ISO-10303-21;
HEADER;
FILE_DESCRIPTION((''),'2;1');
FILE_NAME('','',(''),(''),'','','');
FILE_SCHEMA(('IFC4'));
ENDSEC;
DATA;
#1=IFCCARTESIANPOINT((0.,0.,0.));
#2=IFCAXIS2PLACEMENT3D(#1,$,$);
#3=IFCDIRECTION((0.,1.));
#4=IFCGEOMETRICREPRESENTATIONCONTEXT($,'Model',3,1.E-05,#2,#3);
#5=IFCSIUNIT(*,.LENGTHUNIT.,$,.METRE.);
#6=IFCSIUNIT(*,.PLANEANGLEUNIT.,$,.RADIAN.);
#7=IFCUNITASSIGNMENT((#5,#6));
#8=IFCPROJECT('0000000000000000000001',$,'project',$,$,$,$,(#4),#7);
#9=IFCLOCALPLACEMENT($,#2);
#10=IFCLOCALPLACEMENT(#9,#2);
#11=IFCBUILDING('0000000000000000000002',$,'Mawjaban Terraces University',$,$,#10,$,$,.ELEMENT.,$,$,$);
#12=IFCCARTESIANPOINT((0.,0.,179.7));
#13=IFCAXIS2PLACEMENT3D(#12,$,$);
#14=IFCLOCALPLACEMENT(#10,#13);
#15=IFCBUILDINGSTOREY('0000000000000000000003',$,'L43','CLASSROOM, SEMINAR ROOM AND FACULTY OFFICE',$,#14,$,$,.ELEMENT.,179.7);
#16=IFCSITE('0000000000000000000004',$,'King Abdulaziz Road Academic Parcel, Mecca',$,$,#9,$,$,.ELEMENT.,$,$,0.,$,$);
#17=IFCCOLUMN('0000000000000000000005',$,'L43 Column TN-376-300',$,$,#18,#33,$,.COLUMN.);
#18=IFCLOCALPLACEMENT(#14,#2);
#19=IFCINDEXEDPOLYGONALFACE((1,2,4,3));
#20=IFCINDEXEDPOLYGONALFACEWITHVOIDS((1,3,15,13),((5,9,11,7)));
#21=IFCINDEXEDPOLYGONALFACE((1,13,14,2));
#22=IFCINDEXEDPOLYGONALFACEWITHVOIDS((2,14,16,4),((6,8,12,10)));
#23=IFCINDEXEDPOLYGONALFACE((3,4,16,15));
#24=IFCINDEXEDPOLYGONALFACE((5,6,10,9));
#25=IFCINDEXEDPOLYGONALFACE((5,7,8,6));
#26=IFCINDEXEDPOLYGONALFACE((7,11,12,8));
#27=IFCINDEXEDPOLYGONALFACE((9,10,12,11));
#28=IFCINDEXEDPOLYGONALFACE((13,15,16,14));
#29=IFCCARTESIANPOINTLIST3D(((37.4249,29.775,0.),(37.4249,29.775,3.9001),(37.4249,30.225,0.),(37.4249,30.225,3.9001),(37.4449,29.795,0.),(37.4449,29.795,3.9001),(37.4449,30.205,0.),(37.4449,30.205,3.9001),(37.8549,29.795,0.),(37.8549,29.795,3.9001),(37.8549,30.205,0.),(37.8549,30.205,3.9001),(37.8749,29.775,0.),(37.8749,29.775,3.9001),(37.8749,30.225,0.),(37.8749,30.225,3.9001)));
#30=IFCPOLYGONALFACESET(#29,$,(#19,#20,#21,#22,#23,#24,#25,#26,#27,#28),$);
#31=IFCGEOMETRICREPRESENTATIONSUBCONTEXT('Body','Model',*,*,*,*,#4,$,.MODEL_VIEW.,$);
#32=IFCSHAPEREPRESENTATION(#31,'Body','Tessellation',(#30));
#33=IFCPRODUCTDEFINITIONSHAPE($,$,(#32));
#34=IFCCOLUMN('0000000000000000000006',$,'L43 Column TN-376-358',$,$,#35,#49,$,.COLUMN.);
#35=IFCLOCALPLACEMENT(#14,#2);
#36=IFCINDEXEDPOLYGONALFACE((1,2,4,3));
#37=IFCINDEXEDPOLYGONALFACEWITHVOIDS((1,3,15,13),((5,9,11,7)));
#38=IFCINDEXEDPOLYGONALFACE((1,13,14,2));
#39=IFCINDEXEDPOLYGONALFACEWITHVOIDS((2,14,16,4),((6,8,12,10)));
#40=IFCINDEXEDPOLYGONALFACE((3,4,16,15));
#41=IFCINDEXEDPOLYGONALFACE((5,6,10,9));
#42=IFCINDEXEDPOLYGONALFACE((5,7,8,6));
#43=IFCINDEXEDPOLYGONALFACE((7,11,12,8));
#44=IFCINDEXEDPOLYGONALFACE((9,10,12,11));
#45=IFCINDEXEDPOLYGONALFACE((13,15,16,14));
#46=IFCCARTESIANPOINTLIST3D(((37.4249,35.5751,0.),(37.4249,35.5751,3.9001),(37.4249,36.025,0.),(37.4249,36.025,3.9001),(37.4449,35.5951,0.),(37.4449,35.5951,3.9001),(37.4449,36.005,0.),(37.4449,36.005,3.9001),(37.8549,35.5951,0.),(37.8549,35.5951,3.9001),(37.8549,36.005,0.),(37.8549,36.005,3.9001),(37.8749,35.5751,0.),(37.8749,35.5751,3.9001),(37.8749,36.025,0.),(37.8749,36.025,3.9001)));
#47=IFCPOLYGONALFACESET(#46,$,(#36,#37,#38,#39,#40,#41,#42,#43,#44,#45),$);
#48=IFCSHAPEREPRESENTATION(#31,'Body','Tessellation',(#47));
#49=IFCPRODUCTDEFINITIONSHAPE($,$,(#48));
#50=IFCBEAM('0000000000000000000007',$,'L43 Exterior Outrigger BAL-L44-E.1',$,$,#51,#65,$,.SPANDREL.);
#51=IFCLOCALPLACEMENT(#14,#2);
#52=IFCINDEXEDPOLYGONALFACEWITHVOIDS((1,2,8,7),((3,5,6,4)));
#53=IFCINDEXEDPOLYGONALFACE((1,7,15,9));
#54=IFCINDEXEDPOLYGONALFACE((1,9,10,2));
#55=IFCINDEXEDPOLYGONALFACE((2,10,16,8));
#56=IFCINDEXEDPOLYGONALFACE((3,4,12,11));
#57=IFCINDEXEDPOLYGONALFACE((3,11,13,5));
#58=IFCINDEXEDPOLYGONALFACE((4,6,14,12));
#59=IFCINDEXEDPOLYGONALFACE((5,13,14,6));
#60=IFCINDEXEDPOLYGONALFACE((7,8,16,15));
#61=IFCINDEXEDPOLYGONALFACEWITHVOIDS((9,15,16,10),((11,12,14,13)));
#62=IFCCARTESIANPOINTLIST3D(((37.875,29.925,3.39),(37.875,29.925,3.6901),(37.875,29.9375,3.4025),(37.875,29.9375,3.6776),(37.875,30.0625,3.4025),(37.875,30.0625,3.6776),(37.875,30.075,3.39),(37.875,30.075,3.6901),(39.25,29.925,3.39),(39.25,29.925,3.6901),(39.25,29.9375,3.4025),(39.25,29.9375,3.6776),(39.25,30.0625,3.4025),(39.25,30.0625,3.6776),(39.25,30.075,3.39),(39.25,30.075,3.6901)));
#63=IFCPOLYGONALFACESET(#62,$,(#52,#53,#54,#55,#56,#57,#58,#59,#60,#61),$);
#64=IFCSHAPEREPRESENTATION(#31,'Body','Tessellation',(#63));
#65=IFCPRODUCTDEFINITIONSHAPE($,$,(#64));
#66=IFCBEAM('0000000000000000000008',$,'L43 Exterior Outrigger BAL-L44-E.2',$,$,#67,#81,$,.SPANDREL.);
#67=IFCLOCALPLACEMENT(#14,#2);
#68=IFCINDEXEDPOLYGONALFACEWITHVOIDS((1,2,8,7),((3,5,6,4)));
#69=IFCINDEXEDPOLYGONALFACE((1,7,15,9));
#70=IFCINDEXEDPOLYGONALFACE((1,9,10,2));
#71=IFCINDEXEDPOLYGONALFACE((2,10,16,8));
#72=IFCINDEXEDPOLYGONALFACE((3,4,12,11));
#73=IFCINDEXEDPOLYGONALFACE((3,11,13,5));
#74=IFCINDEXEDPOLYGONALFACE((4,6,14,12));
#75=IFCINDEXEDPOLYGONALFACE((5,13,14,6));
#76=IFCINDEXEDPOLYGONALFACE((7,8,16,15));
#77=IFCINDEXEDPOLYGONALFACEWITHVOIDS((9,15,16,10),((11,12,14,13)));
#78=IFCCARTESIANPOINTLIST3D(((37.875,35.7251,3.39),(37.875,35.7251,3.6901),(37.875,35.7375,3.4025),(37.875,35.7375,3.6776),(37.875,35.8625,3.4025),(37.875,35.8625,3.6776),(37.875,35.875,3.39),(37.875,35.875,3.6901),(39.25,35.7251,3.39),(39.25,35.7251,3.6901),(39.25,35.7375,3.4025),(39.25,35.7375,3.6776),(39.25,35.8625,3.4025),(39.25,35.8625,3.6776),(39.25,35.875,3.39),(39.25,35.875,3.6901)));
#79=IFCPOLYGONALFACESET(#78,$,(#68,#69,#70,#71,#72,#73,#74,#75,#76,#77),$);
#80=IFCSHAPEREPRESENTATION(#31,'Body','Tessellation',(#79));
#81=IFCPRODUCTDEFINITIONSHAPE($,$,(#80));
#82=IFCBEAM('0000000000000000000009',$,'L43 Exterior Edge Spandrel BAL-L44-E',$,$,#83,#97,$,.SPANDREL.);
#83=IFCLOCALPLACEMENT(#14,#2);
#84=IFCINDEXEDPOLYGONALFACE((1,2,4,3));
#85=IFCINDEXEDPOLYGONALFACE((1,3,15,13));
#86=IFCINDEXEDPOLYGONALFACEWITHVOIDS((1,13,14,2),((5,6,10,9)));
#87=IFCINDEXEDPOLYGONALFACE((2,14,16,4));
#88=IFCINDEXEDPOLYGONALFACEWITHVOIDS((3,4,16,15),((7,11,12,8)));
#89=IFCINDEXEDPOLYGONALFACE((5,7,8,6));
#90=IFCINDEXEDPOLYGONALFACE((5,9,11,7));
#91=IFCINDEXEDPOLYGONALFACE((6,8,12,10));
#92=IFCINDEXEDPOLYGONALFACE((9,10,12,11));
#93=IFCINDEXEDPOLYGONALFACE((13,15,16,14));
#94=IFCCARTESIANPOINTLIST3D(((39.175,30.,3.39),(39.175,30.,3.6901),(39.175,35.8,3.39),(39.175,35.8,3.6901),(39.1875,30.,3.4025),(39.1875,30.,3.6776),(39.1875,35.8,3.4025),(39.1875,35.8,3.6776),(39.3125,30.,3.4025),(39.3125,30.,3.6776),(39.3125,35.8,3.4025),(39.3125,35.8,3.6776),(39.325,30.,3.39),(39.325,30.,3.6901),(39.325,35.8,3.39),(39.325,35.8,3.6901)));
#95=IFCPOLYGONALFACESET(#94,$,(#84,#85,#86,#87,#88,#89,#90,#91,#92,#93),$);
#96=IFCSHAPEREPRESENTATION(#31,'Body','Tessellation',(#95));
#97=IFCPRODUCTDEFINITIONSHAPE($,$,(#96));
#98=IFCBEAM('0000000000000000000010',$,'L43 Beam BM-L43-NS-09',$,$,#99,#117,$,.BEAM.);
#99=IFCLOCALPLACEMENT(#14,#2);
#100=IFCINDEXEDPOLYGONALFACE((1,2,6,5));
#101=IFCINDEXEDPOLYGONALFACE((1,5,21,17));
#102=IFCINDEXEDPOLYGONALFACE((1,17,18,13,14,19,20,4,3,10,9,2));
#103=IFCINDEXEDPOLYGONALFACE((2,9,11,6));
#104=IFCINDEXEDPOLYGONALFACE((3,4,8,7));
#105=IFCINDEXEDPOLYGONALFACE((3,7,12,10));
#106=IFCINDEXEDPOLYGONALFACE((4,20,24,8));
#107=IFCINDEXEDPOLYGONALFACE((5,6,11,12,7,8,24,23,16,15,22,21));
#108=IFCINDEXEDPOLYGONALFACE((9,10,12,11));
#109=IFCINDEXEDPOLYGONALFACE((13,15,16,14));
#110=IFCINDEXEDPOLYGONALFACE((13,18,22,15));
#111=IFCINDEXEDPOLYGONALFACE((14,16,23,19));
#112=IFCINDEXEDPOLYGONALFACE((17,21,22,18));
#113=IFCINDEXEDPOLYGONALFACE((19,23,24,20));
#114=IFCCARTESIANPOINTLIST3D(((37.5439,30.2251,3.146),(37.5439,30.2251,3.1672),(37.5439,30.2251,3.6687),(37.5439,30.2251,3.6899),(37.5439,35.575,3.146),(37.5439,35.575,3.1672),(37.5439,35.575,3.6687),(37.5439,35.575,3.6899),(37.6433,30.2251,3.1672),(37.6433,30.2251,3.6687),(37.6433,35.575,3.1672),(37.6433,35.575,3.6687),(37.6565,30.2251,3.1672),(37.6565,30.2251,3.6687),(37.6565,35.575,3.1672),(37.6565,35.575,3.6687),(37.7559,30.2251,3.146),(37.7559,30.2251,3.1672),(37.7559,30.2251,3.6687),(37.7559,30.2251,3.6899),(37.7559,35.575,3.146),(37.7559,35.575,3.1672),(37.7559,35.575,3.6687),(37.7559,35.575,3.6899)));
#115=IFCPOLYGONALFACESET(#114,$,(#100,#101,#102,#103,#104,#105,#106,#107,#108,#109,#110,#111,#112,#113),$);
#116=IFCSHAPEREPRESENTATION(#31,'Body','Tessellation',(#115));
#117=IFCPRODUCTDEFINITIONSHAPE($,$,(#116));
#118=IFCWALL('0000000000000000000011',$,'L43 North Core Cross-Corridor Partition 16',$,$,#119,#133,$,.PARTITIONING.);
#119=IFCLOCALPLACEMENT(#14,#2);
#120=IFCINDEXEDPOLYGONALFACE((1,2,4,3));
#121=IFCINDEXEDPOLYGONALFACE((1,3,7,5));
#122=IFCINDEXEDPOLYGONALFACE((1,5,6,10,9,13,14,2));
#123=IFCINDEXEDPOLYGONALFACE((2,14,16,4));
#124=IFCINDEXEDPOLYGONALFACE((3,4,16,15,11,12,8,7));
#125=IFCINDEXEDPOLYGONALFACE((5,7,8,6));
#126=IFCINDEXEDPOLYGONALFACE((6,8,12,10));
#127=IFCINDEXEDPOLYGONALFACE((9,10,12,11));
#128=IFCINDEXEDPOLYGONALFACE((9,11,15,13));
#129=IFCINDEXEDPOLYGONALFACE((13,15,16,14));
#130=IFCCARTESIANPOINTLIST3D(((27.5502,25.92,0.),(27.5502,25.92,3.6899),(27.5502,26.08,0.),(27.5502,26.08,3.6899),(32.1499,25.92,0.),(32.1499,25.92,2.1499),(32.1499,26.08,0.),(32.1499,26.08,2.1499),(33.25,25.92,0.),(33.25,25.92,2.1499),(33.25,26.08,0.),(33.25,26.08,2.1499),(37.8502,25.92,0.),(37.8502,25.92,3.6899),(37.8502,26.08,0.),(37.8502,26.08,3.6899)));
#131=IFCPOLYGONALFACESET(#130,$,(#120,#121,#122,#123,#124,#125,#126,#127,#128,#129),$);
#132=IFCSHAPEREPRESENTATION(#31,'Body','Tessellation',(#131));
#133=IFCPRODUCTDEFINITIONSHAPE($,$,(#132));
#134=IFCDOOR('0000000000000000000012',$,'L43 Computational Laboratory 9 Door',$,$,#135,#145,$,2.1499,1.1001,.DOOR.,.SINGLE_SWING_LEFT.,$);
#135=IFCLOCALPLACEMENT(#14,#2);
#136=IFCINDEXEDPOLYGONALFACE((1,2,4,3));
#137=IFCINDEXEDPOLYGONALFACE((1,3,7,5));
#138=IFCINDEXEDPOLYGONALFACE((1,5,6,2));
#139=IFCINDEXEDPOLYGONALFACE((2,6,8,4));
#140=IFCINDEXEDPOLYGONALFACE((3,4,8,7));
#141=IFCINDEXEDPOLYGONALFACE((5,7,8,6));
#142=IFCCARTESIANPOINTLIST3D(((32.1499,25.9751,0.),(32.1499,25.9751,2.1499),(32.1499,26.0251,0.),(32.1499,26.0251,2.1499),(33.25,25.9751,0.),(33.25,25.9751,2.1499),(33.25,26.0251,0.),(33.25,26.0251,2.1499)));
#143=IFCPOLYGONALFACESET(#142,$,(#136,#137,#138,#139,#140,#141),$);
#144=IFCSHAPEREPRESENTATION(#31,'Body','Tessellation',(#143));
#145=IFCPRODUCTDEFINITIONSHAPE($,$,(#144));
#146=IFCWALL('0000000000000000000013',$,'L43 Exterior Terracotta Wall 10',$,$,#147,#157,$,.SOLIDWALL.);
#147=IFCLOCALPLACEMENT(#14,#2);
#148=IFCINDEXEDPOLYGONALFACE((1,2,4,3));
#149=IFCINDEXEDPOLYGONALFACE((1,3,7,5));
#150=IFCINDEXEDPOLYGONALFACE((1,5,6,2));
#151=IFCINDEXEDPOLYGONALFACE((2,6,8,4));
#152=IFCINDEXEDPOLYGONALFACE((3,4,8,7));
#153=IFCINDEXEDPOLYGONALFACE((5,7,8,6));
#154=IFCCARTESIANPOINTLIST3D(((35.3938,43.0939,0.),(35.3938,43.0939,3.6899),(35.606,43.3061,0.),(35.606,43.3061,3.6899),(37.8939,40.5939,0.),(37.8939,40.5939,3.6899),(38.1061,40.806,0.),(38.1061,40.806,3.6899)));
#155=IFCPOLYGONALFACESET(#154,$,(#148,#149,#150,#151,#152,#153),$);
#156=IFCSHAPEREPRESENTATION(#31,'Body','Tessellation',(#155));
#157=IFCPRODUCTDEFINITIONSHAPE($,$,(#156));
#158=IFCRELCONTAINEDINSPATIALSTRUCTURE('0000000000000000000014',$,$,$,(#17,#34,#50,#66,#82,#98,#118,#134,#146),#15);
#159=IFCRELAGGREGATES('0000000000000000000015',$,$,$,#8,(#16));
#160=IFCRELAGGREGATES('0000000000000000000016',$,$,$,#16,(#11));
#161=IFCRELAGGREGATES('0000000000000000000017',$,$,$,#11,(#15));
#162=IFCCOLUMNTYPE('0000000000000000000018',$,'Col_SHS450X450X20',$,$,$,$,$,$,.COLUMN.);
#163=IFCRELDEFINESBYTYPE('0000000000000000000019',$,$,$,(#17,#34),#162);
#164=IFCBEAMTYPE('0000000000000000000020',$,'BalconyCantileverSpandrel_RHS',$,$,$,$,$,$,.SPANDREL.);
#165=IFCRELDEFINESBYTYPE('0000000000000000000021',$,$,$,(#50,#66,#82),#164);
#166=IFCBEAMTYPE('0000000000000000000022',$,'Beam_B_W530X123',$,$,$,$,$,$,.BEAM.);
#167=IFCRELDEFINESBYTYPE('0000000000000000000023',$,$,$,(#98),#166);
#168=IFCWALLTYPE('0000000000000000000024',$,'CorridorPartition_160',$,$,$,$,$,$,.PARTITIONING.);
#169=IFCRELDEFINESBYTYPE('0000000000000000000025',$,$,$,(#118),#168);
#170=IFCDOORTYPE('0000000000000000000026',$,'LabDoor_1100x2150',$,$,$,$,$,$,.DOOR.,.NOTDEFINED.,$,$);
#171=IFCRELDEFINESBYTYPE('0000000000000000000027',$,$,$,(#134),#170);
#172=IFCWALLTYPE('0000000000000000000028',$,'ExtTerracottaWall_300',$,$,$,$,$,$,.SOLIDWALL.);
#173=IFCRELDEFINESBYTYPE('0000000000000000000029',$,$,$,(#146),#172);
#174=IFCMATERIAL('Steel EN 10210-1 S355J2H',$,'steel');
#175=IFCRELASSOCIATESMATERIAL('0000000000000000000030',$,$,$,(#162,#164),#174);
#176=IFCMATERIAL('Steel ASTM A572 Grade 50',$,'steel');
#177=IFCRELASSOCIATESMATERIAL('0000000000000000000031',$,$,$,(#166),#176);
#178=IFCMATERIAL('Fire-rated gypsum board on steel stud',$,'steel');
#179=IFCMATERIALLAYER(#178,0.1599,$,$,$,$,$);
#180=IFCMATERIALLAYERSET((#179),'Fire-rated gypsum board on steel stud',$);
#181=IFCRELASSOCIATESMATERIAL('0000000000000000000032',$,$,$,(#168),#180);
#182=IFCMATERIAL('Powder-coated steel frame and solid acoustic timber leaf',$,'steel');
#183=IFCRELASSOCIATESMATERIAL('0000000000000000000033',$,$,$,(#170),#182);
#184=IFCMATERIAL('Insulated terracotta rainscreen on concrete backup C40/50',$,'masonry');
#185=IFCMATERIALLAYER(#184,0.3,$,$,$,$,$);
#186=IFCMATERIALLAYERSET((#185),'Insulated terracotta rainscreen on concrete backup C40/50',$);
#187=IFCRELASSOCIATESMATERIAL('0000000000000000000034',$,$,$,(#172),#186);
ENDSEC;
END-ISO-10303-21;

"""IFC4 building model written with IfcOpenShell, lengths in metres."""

from ifc_helpers import new_model, si_unit, direction, frame, frame_2d, origin, origin_2d, place, context, subcontext, project, spatial, rectangle, hollow_rectangle, i_section, extrude, material, layer, layer_set, material_profile, profile_set, type_object, element, fill, save


model = new_model("IFC4")

# Units and contexts
model_context = context("Model", 3, precision=1e-05, world=origin(), true_north=direction((0.0, 1.0)))
body_context = subcontext(model_context, "Body", "Model", "MODEL_VIEW")
ifc_project = project(units=[si_unit("LENGTHUNIT", "METRE"), si_unit("PLANEANGLEUNIT", "RADIAN")], contexts=[model_context])

# Site, building, storey
site_placement = place(None, origin())
site = spatial("IfcSite", under=ifc_project, at=site_placement, Name="King Abdulaziz Road Academic Parcel, Mecca", CompositionType="ELEMENT", RefElevation=0.0)
building_placement = place(site_placement, origin())
building = spatial("IfcBuilding", under=site, at=building_placement, Name="Mawjaban Terraces University", CompositionType="ELEMENT")
storey_placement = place(building_placement, frame((0.0, 0.0, 179.7)))
storey = spatial("IfcBuildingStorey", under=building, at=storey_placement, Name="L43", Description="CLASSROOM, SEMINAR ROOM AND FACULTY OFFICE", CompositionType="ELEMENT", Elevation=179.7)

# Columns
ifc_material_1 = material(Name="Steel EN 10210-1 S355J2H", Category="steel")
ifc_material_profile_1 = material_profile(ifc_material_1, hollow_rectangle(XDim=0.45, YDim=0.45, WallThickness=0.02, at=origin_2d()), Name="SHS450X450X20")
ifc_profile_set_1 = profile_set([ifc_material_profile_1], Name="Steel EN 10210-1 S355J2H")
column_type = type_object("IfcColumnType", Name="Col_SHS450X450X20", PredefinedType="COLUMN", material=ifc_profile_set_1)
for number, where, z_axis, x_axis, name in (
    (1, (37.6499, 30.0, 0.0), (0.0, 0.0, 1.0), (1.0, 0.0, 0.0), "L43 Column TN-376-300"),
    (2, (37.6499, 35.8, 0.0), (0.0, 0.0, 1.0), (1.0, 0.0, 0.0), "L43 Column TN-376-358"),
):
    element("IfcColumn", number, at=place(storey_placement, frame(where, z_axis=z_axis, x_axis=x_axis)), inside=storey, type_object=column_type, Name=name, PredefinedType="COLUMN", context=body_context, shape_type="SweptSolid", body=[
        extrude(hollow_rectangle(XDim=0.45, YDim=0.45, WallThickness=0.02, at=origin_2d()), origin(), (0.0, 0.0, 1.0), 3.9001),
    ])

# Beams
ifc_material_profile_2 = material_profile(ifc_material_1, hollow_rectangle(XDim=0.1499, YDim=0.3, WallThickness=0.0125, at=origin_2d()), Name="RHS300X150X12.5")
ifc_profile_set_2 = profile_set([ifc_material_profile_2], Name="Steel EN 10210-1 S355J2H")
beam_type_1 = type_object("IfcBeamType", Name="BalconyCantileverSpandrel_RHS", PredefinedType="SPANDREL", material=ifc_profile_set_2)
for number, where, z_axis, x_axis, name in (
    (3, (37.875, 30.0, 3.54), (1.0, 0.0, 0.0), (0.0, 1.0, 0.0), "L43 Exterior Outrigger BAL-L44-E.1"),
    (4, (37.875, 35.8, 3.54), (1.0, 0.0, 0.0), (0.0, 1.0, 0.0), "L43 Exterior Outrigger BAL-L44-E.2"),
):
    element("IfcBeam", number, at=place(storey_placement, frame(where, z_axis=z_axis, x_axis=x_axis)), inside=storey, type_object=beam_type_1, Name=name, PredefinedType="SPANDREL", context=body_context, shape_type="SweptSolid", body=[
        extrude(hollow_rectangle(XDim=0.1499, YDim=0.3, WallThickness=0.0125, at=origin_2d()), origin(), (0.0, 0.0, 1.0), 1.375),
    ])
beam_1_placement = place(storey_placement, frame((39.25, 30.0, 3.54), z_axis=(0.0, 1.0, 0.0), x_axis=(-1.0, 0.0, 0.0)))
element("IfcBeam", 5, at=beam_1_placement, inside=storey, type_object=beam_type_1, Name="L43 Exterior Edge Spandrel BAL-L44-E", PredefinedType="SPANDREL", context=body_context, shape_type="SweptSolid", body=[
    extrude(hollow_rectangle(XDim=0.1499, YDim=0.3, WallThickness=0.0125, at=origin_2d()), origin(), (0.0, 0.0, 1.0), 5.8),
])
ifc_material_2 = material(Name="Steel ASTM A572 Grade 50", Category="steel")
ifc_material_profile_3 = material_profile(ifc_material_2, i_section(OverallWidth=0.2119, OverallDepth=0.5439, WebThickness=0.0132, FlangeThickness=0.0212, at=origin_2d()), Name="W530X123")
ifc_profile_set_3 = profile_set([ifc_material_profile_3], Name="Steel ASTM A572 Grade 50")
beam_type_2 = type_object("IfcBeamType", Name="Beam_B_W530X123", PredefinedType="BEAM", material=ifc_profile_set_3)
beam_2_placement = place(storey_placement, frame((37.6499, 30.2251, 3.418), z_axis=(0.0, 1.0, 0.0), x_axis=(-1.0, 0.0, 0.0)))
element("IfcBeam", 6, at=beam_2_placement, inside=storey, type_object=beam_type_2, Name="L43 Beam BM-L43-NS-09", PredefinedType="BEAM", context=body_context, shape_type="SweptSolid", body=[
    extrude(i_section(OverallWidth=0.2119, OverallDepth=0.5439, WebThickness=0.0132, FlangeThickness=0.0212, at=origin_2d()), origin(), (0.0, 0.0, 1.0), 5.3499),
])

# Wall, opening, door
ifc_material_3 = material(Name="Fire-rated gypsum board on steel stud", Category="steel")
ifc_layer_1 = layer(ifc_material_3, 0.1599)
ifc_layer_set_1 = layer_set([ifc_layer_1], Name="Fire-rated gypsum board on steel stud")
wall_type_1 = type_object("IfcWallType", Name="CorridorPartition_160", PredefinedType="PARTITIONING", material=ifc_layer_set_1)
wall_1_placement = place(storey_placement, frame((37.8501, 26.0, 0.0), z_axis=(0.0, 0.0, 1.0), x_axis=(-1.0, 0.0, 0.0)))
wall_1 = element("IfcWall", 7, at=wall_1_placement, inside=storey, type_object=wall_type_1, Name="L43 North Core Cross-Corridor Partition 16", PredefinedType="PARTITIONING", context=body_context, shape_type="SweptSolid", body=[
    extrude(rectangle(XDim=10.3, YDim=0.1599, at=frame_2d((5.1499, 0.0))), origin(), (0.0, 0.0, 1.0), 3.6899),
])
opening_1_placement = place(wall_1_placement, frame((4.6001, 0.0, 0.0)))
opening_1 = element("IfcOpeningElement", 8, at=opening_1_placement, cuts=wall_1, PredefinedType="OPENING", context=body_context, shape_type="SweptSolid", body=[
    extrude(rectangle(XDim=1.1001, YDim=2.1499, at=frame_2d((0.55, 1.075))), frame((0.0, 0.0898, 0.0), z_axis=(0.0, -1.0, 0.0), x_axis=(1.0, 0.0, 0.0)), (0.0, 0.0, 1.0), 0.1799),
])
ifc_material_4 = material(Name="Powder-coated steel frame and solid acoustic timber leaf", Category="steel")
door_type = type_object("IfcDoorType", Name="LabDoor_1100x2150", OperationType="NOTDEFINED", PredefinedType="DOOR", material=ifc_material_4)
door_placement = place(opening_1_placement, origin())
door = element("IfcDoor", 9, at=door_placement, inside=storey, type_object=door_type, Name="L43 Computational Laboratory 9 Door", OperationType="SINGLE_SWING_LEFT", OverallHeight=2.1499, OverallWidth=1.1001, PredefinedType="DOOR", context=body_context, shape_type="SweptSolid", body=[
    extrude(rectangle(XDim=1.1001, YDim=2.1499, at=frame_2d((0.55, 1.075))), frame((0.0, 0.0249, 0.0), z_axis=(0.0, -1.0, 0.0), x_axis=(1.0, 0.0, 0.0)), (0.0, 0.0, 1.0), 0.05),
])
fill(opening_1, door)

# Wall
ifc_material_5 = material(Name="Insulated terracotta rainscreen on concrete backup C40/50", Category="masonry")
ifc_layer_2 = layer(ifc_material_5, 0.3)
ifc_layer_set_2 = layer_set([ifc_layer_2], Name="Insulated terracotta rainscreen on concrete backup C40/50")
wall_type_2 = type_object("IfcWallType", Name="ExtTerracottaWall_300", PredefinedType="SOLIDWALL", material=ifc_layer_set_2)
wall_2_placement = place(storey_placement, frame((38.0, 40.7, 0.0), z_axis=(0.0, 0.0, 1.0), x_axis=(-0.707107, 0.707107, 0.0)))
element("IfcWall", 10, at=wall_2_placement, inside=storey, type_object=wall_type_2, Name="L43 Exterior Terracotta Wall 10", PredefinedType="SOLIDWALL", context=body_context, shape_type="SweptSolid", body=[
    extrude(rectangle(XDim=3.5356, YDim=0.3, at=frame_2d((1.7678, 0.0))), origin(), (0.0, 0.0, 1.0), 3.6899),
])

save(model, "model.ifc")
